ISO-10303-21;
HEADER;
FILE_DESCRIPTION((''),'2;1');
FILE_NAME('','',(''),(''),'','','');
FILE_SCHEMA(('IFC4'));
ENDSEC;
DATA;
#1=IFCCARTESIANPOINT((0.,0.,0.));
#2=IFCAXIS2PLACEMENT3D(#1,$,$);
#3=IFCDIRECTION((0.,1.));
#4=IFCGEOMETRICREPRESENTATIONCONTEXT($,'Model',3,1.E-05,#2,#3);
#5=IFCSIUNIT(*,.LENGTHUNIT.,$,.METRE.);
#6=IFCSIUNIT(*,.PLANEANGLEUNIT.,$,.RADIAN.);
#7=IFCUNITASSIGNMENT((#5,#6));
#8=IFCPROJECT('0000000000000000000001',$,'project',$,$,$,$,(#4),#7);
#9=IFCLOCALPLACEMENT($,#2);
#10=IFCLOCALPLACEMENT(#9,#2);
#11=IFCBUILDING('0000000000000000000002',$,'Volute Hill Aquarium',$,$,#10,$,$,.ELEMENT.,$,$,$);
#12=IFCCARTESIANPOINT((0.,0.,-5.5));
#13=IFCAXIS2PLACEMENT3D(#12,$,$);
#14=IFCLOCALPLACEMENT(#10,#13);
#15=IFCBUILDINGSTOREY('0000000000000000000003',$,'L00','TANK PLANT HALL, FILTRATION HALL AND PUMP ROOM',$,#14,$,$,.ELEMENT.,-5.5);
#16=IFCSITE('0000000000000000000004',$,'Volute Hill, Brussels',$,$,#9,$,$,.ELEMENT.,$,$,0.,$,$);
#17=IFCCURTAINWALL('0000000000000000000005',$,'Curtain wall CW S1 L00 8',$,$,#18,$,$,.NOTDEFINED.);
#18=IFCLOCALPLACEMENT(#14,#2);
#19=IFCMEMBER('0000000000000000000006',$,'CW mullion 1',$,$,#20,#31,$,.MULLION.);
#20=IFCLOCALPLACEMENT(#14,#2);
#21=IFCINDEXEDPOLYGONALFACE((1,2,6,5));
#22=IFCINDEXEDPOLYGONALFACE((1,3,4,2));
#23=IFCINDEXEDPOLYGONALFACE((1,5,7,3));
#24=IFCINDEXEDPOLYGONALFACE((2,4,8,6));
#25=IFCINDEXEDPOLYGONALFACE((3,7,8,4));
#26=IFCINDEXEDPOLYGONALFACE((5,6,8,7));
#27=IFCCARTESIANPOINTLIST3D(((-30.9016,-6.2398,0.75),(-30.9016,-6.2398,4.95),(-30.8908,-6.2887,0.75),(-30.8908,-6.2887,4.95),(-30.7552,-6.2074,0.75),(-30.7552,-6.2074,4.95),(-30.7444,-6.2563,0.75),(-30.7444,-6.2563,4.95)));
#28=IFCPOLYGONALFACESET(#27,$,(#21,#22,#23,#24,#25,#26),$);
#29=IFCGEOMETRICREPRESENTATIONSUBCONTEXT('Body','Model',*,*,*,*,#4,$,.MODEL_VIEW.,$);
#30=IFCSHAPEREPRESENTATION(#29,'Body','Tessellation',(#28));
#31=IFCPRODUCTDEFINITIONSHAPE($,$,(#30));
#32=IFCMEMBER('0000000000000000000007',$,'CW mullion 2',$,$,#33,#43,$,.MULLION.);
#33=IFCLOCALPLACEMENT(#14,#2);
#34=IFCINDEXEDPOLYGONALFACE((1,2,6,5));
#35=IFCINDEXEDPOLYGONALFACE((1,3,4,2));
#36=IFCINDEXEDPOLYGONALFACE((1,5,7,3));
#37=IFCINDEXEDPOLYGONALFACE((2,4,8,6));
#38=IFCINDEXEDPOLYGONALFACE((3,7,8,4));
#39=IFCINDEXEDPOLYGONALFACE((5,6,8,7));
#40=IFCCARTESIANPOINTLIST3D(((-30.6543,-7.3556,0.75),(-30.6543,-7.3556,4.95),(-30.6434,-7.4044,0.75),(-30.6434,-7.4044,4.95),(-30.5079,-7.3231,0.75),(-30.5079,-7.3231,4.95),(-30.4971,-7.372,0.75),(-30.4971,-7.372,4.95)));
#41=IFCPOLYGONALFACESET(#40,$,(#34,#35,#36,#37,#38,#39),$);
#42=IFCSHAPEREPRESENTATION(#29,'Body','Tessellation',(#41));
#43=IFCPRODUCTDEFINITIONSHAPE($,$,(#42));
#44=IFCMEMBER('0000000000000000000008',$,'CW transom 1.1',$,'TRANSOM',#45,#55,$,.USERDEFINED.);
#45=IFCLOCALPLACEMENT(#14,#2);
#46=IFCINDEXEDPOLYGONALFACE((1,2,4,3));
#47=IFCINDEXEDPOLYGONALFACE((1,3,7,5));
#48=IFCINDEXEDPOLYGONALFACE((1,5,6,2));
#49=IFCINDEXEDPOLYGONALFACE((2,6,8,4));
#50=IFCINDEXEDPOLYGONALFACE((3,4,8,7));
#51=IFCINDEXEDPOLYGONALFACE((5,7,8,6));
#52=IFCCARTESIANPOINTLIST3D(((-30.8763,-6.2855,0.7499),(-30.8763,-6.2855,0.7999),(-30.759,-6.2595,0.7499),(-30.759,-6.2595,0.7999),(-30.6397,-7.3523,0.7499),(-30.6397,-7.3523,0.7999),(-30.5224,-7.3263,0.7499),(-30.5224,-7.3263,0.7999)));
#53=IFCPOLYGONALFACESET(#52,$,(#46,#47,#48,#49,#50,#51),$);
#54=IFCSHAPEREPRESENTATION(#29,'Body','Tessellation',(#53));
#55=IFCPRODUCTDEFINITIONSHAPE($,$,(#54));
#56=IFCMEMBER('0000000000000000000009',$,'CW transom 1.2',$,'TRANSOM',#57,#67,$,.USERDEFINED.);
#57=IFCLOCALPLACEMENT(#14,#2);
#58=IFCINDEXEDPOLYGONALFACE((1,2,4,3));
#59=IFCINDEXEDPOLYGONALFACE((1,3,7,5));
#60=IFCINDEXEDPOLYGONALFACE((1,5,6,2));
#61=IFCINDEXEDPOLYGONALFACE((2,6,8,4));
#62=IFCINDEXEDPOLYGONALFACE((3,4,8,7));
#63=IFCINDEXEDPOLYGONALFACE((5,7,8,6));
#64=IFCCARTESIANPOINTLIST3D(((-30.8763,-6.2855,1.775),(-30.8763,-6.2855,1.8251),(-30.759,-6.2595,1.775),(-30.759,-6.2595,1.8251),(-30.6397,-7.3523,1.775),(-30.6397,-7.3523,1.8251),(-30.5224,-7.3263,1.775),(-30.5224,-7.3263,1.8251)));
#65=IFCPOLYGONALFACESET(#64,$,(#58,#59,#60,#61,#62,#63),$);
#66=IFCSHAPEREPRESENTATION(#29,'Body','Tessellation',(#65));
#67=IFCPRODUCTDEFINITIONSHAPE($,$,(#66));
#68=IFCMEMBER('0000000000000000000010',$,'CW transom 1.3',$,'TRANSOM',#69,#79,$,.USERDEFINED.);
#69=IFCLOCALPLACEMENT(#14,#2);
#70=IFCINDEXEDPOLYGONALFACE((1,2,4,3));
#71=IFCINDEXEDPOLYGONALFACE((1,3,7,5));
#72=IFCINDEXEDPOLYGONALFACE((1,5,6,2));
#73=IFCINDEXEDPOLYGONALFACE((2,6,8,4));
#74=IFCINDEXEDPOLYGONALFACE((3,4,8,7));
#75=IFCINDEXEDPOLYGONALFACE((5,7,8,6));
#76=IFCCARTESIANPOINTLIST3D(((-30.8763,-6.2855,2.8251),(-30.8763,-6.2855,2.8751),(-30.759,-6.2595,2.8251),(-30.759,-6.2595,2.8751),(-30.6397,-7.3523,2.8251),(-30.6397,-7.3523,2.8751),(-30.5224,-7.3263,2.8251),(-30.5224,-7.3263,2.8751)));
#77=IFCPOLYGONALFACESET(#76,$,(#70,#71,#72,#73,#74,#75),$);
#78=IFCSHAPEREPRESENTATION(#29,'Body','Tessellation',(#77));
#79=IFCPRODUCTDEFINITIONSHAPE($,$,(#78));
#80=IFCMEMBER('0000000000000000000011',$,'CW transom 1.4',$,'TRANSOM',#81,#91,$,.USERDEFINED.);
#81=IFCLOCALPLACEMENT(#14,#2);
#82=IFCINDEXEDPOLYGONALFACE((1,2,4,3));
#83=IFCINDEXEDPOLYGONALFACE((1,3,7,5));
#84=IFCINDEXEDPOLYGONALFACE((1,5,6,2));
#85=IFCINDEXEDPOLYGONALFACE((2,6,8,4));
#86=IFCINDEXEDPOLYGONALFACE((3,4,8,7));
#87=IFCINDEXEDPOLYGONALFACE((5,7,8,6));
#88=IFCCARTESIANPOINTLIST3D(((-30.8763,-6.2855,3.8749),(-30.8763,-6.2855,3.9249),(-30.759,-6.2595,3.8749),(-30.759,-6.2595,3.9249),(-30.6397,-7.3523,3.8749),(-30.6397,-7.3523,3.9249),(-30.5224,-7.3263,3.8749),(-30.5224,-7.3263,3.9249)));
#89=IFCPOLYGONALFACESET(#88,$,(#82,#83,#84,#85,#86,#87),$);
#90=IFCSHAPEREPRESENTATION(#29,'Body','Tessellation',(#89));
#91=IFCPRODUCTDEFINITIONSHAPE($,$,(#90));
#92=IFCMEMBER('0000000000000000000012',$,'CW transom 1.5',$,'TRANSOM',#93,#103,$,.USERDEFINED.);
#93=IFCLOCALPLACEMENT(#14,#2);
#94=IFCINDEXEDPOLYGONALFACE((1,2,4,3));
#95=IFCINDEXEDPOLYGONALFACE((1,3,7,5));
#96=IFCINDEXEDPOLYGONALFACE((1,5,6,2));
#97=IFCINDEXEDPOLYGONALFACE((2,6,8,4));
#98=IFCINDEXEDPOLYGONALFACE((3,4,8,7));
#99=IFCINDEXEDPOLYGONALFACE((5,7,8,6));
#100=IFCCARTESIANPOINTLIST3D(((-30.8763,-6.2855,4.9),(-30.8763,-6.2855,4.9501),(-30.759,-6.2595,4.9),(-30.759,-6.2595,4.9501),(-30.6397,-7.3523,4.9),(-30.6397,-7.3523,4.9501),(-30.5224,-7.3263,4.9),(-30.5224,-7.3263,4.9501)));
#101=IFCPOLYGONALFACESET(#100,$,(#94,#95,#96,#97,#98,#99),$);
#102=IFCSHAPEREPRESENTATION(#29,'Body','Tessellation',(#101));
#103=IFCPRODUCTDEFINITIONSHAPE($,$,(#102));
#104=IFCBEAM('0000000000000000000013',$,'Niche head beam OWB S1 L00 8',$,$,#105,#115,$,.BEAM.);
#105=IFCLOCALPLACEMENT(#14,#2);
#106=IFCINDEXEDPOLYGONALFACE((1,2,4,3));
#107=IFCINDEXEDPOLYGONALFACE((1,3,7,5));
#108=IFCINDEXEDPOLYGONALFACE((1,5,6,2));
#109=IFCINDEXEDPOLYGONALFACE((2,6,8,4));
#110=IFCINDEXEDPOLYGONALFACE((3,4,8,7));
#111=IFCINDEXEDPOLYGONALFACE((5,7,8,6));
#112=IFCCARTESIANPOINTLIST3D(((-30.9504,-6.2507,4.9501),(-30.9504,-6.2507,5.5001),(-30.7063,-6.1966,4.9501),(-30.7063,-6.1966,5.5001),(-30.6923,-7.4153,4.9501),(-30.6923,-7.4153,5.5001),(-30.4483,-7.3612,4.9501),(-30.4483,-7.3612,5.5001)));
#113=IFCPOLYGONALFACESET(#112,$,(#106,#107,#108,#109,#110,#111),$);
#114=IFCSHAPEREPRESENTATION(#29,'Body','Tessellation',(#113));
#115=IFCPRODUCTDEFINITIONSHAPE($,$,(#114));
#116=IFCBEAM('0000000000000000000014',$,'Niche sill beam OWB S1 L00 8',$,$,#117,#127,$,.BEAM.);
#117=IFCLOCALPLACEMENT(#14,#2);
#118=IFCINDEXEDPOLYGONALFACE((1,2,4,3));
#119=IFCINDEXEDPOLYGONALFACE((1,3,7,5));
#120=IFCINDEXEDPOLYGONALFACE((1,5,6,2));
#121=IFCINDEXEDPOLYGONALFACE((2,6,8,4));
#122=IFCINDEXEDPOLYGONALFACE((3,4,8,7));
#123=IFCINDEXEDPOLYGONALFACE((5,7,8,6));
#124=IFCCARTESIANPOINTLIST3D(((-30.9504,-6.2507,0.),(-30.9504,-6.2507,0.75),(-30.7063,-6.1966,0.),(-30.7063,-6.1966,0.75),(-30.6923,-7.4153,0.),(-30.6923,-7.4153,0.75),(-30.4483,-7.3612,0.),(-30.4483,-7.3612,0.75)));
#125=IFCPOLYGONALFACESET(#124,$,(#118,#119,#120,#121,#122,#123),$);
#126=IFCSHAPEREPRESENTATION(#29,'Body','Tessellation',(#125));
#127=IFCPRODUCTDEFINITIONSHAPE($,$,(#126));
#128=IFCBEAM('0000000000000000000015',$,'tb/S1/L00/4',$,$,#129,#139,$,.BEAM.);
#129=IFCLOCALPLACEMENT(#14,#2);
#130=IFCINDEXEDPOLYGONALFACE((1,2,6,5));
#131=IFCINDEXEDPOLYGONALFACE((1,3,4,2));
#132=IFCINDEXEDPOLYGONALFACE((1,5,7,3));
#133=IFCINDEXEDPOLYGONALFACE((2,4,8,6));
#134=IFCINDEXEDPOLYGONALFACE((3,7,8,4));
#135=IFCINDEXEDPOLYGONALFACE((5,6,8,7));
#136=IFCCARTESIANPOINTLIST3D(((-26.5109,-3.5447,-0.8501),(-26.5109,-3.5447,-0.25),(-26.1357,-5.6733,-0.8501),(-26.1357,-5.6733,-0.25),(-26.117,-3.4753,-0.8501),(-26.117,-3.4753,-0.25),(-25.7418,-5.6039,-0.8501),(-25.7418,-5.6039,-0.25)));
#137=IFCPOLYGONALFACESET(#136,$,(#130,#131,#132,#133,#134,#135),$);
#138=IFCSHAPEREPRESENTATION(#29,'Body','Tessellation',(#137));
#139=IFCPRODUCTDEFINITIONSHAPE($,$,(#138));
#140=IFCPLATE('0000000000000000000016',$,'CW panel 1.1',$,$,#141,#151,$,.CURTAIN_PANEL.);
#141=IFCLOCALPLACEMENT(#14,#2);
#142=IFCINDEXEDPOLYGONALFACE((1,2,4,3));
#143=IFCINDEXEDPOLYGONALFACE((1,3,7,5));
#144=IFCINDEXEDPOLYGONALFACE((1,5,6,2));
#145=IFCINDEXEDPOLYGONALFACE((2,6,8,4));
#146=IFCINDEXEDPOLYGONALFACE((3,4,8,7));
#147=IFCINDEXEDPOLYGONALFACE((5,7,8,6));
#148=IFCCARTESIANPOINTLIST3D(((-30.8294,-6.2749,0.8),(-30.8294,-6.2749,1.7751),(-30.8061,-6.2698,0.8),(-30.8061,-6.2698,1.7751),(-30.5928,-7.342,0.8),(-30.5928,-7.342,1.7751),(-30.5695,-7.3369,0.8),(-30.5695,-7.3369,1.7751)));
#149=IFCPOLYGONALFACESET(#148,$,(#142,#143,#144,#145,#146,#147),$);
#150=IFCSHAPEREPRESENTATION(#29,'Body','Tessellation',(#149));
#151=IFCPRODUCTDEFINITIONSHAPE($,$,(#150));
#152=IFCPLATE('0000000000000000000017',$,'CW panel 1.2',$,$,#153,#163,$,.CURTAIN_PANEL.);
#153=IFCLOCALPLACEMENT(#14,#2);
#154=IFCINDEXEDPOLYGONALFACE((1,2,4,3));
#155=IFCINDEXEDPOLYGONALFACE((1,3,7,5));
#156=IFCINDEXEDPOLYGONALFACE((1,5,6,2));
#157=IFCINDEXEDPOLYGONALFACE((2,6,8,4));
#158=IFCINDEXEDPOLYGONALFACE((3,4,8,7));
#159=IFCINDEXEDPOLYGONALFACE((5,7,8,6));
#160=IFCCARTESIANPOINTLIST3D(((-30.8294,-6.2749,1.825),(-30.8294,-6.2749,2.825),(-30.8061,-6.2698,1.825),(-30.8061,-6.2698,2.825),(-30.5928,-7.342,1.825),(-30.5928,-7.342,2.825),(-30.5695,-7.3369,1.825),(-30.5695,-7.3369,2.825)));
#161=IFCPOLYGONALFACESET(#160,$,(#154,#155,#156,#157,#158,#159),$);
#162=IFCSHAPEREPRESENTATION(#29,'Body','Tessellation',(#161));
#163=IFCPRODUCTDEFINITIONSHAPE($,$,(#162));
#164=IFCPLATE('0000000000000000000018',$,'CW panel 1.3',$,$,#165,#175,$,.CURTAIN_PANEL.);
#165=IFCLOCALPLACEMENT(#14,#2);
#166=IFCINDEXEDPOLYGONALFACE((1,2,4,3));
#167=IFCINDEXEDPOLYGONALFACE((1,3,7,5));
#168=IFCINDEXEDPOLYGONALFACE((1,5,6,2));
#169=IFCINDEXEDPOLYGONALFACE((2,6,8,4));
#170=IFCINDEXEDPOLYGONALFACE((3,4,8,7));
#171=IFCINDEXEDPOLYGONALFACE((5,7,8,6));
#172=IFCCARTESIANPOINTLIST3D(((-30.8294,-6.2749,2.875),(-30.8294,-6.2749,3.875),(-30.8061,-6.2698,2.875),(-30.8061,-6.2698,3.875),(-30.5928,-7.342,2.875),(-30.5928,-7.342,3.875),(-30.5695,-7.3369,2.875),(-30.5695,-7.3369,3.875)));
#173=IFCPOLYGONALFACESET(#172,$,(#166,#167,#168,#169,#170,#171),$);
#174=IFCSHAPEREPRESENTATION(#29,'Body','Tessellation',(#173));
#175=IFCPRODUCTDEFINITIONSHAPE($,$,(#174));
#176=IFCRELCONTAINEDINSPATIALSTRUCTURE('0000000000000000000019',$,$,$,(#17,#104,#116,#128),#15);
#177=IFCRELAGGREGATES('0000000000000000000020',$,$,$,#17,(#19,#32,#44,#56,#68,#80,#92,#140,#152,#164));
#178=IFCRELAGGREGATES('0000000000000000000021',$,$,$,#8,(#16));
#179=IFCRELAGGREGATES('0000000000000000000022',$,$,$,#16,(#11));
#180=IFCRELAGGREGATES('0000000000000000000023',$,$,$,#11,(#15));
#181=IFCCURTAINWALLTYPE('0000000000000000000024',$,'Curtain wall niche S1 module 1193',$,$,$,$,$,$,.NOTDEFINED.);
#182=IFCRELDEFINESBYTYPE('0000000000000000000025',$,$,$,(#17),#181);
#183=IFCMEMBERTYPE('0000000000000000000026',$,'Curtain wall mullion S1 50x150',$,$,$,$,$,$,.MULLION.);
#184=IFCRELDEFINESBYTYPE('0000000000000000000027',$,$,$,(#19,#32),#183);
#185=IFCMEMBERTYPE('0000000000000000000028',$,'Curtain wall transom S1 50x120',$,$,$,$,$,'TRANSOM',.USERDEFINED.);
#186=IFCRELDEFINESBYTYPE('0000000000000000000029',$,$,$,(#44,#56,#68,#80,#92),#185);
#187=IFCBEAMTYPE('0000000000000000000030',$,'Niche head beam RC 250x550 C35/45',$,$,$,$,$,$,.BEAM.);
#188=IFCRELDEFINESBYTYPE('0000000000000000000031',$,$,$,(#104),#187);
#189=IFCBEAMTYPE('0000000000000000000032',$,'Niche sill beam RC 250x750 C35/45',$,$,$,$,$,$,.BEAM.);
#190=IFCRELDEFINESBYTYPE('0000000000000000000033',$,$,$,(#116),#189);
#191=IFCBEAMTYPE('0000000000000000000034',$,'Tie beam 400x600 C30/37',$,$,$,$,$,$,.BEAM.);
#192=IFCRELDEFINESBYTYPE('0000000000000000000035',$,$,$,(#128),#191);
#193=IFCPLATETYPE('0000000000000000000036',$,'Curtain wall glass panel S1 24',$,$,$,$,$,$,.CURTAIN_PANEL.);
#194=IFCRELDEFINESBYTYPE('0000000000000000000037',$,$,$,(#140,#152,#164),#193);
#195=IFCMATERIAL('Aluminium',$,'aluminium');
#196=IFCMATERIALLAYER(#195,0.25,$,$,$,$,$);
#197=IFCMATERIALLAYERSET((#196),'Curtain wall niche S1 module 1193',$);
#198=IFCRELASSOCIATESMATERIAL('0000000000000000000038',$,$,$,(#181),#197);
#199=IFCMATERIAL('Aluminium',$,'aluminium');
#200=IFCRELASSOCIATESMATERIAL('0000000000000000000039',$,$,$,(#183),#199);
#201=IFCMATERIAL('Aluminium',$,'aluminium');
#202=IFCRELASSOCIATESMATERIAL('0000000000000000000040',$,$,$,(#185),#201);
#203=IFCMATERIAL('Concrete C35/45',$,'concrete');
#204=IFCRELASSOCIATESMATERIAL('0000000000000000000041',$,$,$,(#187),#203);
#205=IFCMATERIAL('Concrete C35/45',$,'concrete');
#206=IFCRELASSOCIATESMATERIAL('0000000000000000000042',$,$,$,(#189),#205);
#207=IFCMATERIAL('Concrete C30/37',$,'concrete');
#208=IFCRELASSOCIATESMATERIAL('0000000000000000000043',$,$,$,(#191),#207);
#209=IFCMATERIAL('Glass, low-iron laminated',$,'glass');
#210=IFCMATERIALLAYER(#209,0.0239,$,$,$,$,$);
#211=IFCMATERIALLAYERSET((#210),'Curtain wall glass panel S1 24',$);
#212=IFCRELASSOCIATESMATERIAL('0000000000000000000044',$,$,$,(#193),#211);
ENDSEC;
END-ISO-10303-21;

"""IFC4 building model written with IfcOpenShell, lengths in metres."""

from ifc_helpers import new_model, si_unit, direction, frame, origin, origin_2d, place, context, subcontext, project, spatial, rectangle, extrude, material, layer, layer_set, material_profile, profile_set, type_object, element, aggregate, save


model = new_model("IFC4")

# Units and contexts
model_context = context("Model", 3, precision=1e-05, world=origin(), true_north=direction((0.0, 1.0)))
body_context = subcontext(model_context, "Body", "Model", "MODEL_VIEW")
ifc_project = project(units=[si_unit("LENGTHUNIT", "METRE"), si_unit("PLANEANGLEUNIT", "RADIAN")], contexts=[model_context])

# Site, building, storey
site_placement = place(None, origin())
site = spatial("IfcSite", under=ifc_project, at=site_placement, Name="Volute Hill, Brussels", CompositionType="ELEMENT", RefElevation=0.0)
building_placement = place(site_placement, origin())
building = spatial("IfcBuilding", under=site, at=building_placement, Name="Volute Hill Aquarium", CompositionType="ELEMENT")
storey_placement = place(building_placement, frame((0.0, 0.0, -5.5)))
storey = spatial("IfcBuildingStorey", under=building, at=storey_placement, Name="L00", Description="TANK PLANT HALL, FILTRATION HALL AND PUMP ROOM", CompositionType="ELEMENT", Elevation=-5.5)

# Curtain wall, members
ifc_material_1 = material(Name="Aluminium", Category="aluminium")
ifc_layer_1 = layer(ifc_material_1, 0.25)
ifc_layer_set_1 = layer_set([ifc_layer_1], Name="Curtain wall niche S1 module 1193")
curtain_wall_type = type_object("IfcCurtainWallType", Name="Curtain wall niche S1 module 1193", PredefinedType="NOTDEFINED", material=ifc_layer_set_1)
curtain_wall_placement = place(storey_placement, origin())
curtain_wall = element("IfcCurtainWall", 1, at=curtain_wall_placement, inside=storey, type_object=curtain_wall_type, Name="Curtain wall CW S1 L00 8", PredefinedType="NOTDEFINED")
ifc_material_2 = material(Name="Aluminium", Category="aluminium")
ifc_material_profile_1 = material_profile(ifc_material_2, rectangle(XDim=0.1499, YDim=0.05, at=origin_2d()), Name="Curtain wall mullion S1 50x150")
ifc_profile_set_1 = profile_set([ifc_material_profile_1], Name="Aluminium")
member_type_1 = type_object("IfcMemberType", Name="Curtain wall mullion S1 50x150", PredefinedType="MULLION", material=ifc_profile_set_1)
member_1_placement = place(storey_placement, frame((-30.823, -6.248, 0.75), z_axis=(0.0, 0.0, 1.0), x_axis=(0.976292, 0.216456, 0.0)))
member_1 = element("IfcMember", 2, at=member_1_placement, type_object=member_type_1, Name="CW mullion 1", PredefinedType="MULLION", context=body_context, shape_type="SweptSolid", body=[
    extrude(rectangle(XDim=0.1499, YDim=0.05, at=origin_2d()), origin(), (0.0, 0.0, 1.0), 4.2),
])
member_2_placement = place(storey_placement, frame((-30.5757, -7.3638, 0.75), z_axis=(0.0, 0.0, 1.0), x_axis=(0.976292, 0.216456, 0.0)))
member_2 = element("IfcMember", 3, at=member_2_placement, type_object=member_type_1, Name="CW mullion 2", PredefinedType="MULLION", context=body_context, shape_type="SweptSolid", body=[
    extrude(rectangle(XDim=0.1499, YDim=0.05, at=origin_2d()), origin(), (0.0, 0.0, 1.0), 4.2),
])
ifc_material_3 = material(Name="Aluminium", Category="aluminium")
ifc_material_profile_2 = material_profile(ifc_material_3, rectangle(XDim=0.1201, YDim=0.05, at=origin_2d()), Name="Curtain wall transom S1 50x120")
ifc_profile_set_2 = profile_set([ifc_material_profile_2], Name="Aluminium")
member_type_2 = type_object("IfcMemberType", Name="Curtain wall transom S1 50x120", ElementType="TRANSOM", PredefinedType="USERDEFINED", material=ifc_profile_set_2)
member_3_placement = place(storey_placement, frame((-30.8176, -6.2725, 0.7749), z_axis=(0.216481, -0.976287, 0.0), x_axis=(0.976287, 0.216481, 0.0)))
member_3 = element("IfcMember", 4, at=member_3_placement, type_object=member_type_2, Name="CW transom 1.1", ObjectType="TRANSOM", PredefinedType="USERDEFINED", context=body_context, shape_type="SweptSolid", body=[
    extrude(rectangle(XDim=0.1201, YDim=0.05, at=origin_2d()), origin(), (0.0, 0.0, 1.0), 1.0928),
])
member_4_placement = place(storey_placement, frame((-30.8176, -6.2725, 1.8), z_axis=(0.216481, -0.976287, 0.0), x_axis=(0.976287, 0.216481, 0.0)))
member_4 = element("IfcMember", 5, at=member_4_placement, type_object=member_type_2, Name="CW transom 1.2", ObjectType="TRANSOM", PredefinedType="USERDEFINED", context=body_context, shape_type="SweptSolid", body=[
    extrude(rectangle(XDim=0.1201, YDim=0.05, at=origin_2d()), origin(), (0.0, 0.0, 1.0), 1.0928),
])
member_5_placement = place(storey_placement, frame((-30.8176, -6.2725, 2.8501), z_axis=(0.216481, -0.976287, 0.0), x_axis=(0.976287, 0.216481, 0.0)))
member_5 = element("IfcMember", 6, at=member_5_placement, type_object=member_type_2, Name="CW transom 1.3", ObjectType="TRANSOM", PredefinedType="USERDEFINED", context=body_context, shape_type="SweptSolid", body=[
    extrude(rectangle(XDim=0.1201, YDim=0.05, at=origin_2d()), origin(), (0.0, 0.0, 1.0), 1.0928),
])
member_6_placement = place(storey_placement, frame((-30.8176, -6.2725, 3.8999), z_axis=(0.216481, -0.976287, 0.0), x_axis=(0.976287, 0.216481, 0.0)))
member_6 = element("IfcMember", 7, at=member_6_placement, type_object=member_type_2, Name="CW transom 1.4", ObjectType="TRANSOM", PredefinedType="USERDEFINED", context=body_context, shape_type="SweptSolid", body=[
    extrude(rectangle(XDim=0.1201, YDim=0.05, at=origin_2d()), origin(), (0.0, 0.0, 1.0), 1.0928),
])
member_7_placement = place(storey_placement, frame((-30.8176, -6.2725, 4.925), z_axis=(0.216481, -0.976287, 0.0), x_axis=(0.976287, 0.216481, 0.0)))
member_7 = element("IfcMember", 8, at=member_7_placement, type_object=member_type_2, Name="CW transom 1.5", ObjectType="TRANSOM", PredefinedType="USERDEFINED", context=body_context, shape_type="SweptSolid", body=[
    extrude(rectangle(XDim=0.1201, YDim=0.05, at=origin_2d()), origin(), (0.0, 0.0, 1.0), 1.0928),
])

# Beams
ifc_material_4 = material(Name="Concrete C35/45", Category="concrete")
ifc_material_profile_3 = material_profile(ifc_material_4, rectangle(XDim=0.25, YDim=0.55, at=origin_2d()), Name="RC beam 250x550")
ifc_profile_set_3 = profile_set([ifc_material_profile_3], Name="Concrete C35/45")
beam_type_1 = type_object("IfcBeamType", Name="Niche head beam RC 250x550 C35/45", PredefinedType="BEAM", material=ifc_profile_set_3)
beam_1_placement = place(storey_placement, frame((-30.8284, -6.2236, 5.2251), z_axis=(0.216345, -0.976317, 0.0), x_axis=(0.976317, 0.216345, 0.0)))
element("IfcBeam", 9, at=beam_1_placement, inside=storey, type_object=beam_type_1, Name="Niche head beam OWB S1 L00 8", PredefinedType="BEAM", context=body_context, shape_type="SweptSolid", body=[
    extrude(rectangle(XDim=0.25, YDim=0.55, at=origin_2d()), origin(), (0.0, 0.0, 1.0), 1.1929),
])
ifc_material_5 = material(Name="Concrete C35/45", Category="concrete")
ifc_material_profile_4 = material_profile(ifc_material_5, rectangle(XDim=0.25, YDim=0.75, at=origin_2d()), Name="RC beam 250x750")
ifc_profile_set_4 = profile_set([ifc_material_profile_4], Name="Concrete C35/45")
beam_type_2 = type_object("IfcBeamType", Name="Niche sill beam RC 250x750 C35/45", PredefinedType="BEAM", material=ifc_profile_set_4)
beam_2_placement = place(storey_placement, frame((-30.8284, -6.2236, 0.375), z_axis=(0.216345, -0.976317, 0.0), x_axis=(0.976317, 0.216345, 0.0)))
element("IfcBeam", 10, at=beam_2_placement, inside=storey, type_object=beam_type_2, Name="Niche sill beam OWB S1 L00 8", PredefinedType="BEAM", context=body_context, shape_type="SweptSolid", body=[
    extrude(rectangle(XDim=0.25, YDim=0.75, at=origin_2d()), origin(), (0.0, 0.0, 1.0), 1.1929),
])
ifc_material_6 = material(Name="Concrete C30/37", Category="concrete")
ifc_material_profile_5 = material_profile(ifc_material_6, rectangle(XDim=0.3999, YDim=0.6001, at=origin_2d()), Name="RC tie beam 400x600")
ifc_profile_set_5 = profile_set([ifc_material_profile_5], Name="Concrete C30/37")
beam_type_3 = type_object("IfcBeamType", Name="Tie beam 400x600 C30/37", PredefinedType="BEAM", material=ifc_profile_set_5)
beam_3_placement = place(storey_placement, frame((-26.314, -3.51, -0.55), z_axis=(0.173605, -0.984815, 0.0), x_axis=(0.984815, 0.173605, 0.0)))
element("IfcBeam", 11, at=beam_3_placement, inside=storey, type_object=beam_type_3, Name="tb/S1/L00/4", PredefinedType="BEAM", context=body_context, shape_type="SweptSolid", body=[
    extrude(rectangle(XDim=0.3999, YDim=0.6001, at=origin_2d()), origin(), (0.0, 0.0, 1.0), 2.1614),
])

# Plates
ifc_material_7 = material(Name="Glass, low-iron laminated", Category="glass")
ifc_layer_2 = layer(ifc_material_7, 0.0239)
ifc_layer_set_2 = layer_set([ifc_layer_2], Name="Curtain wall glass panel S1 24")
plate_type = type_object("IfcPlateType", Name="Curtain wall glass panel S1 24", PredefinedType="CURTAIN_PANEL", material=ifc_layer_set_2)
plate_1_placement = place(storey_placement, frame((-30.6995, -6.8059, 0.8), z_axis=(0.0, 0.0, 1.0), x_axis=(0.216456, -0.976292, 0.0)))
plate_1 = element("IfcPlate", 12, at=plate_1_placement, type_object=plate_type, Name="CW panel 1.1", PredefinedType="CURTAIN_PANEL", context=body_context, shape_type="SweptSolid", body=[
    extrude(rectangle(XDim=1.093, YDim=0.0239, at=origin_2d()), origin(), (0.0, 0.0, 1.0), 0.9751),
])
plate_2_placement = place(storey_placement, frame((-30.6995, -6.8059, 1.825), z_axis=(0.0, 0.0, 1.0), x_axis=(0.216456, -0.976292, 0.0)))
plate_2 = element("IfcPlate", 13, at=plate_2_placement, type_object=plate_type, Name="CW panel 1.2", PredefinedType="CURTAIN_PANEL", context=body_context, shape_type="SweptSolid", body=[
    extrude(rectangle(XDim=1.093, YDim=0.0239, at=origin_2d()), origin(), (0.0, 0.0, 1.0), 1.0),
])
plate_3_placement = place(storey_placement, frame((-30.6995, -6.8059, 2.875), z_axis=(0.0, 0.0, 1.0), x_axis=(0.216456, -0.976292, 0.0)))
plate_3 = element("IfcPlate", 14, at=plate_3_placement, type_object=plate_type, Name="CW panel 1.3", PredefinedType="CURTAIN_PANEL", context=body_context, shape_type="SweptSolid", body=[
    extrude(rectangle(XDim=1.093, YDim=0.0239, at=origin_2d()), origin(), (0.0, 0.0, 1.0), 1.0),
])
aggregate(curtain_wall, [member_1, member_2, member_3, member_4, member_5, member_6, member_7, plate_1, plate_2, plate_3])

save(model, "model.ifc")
